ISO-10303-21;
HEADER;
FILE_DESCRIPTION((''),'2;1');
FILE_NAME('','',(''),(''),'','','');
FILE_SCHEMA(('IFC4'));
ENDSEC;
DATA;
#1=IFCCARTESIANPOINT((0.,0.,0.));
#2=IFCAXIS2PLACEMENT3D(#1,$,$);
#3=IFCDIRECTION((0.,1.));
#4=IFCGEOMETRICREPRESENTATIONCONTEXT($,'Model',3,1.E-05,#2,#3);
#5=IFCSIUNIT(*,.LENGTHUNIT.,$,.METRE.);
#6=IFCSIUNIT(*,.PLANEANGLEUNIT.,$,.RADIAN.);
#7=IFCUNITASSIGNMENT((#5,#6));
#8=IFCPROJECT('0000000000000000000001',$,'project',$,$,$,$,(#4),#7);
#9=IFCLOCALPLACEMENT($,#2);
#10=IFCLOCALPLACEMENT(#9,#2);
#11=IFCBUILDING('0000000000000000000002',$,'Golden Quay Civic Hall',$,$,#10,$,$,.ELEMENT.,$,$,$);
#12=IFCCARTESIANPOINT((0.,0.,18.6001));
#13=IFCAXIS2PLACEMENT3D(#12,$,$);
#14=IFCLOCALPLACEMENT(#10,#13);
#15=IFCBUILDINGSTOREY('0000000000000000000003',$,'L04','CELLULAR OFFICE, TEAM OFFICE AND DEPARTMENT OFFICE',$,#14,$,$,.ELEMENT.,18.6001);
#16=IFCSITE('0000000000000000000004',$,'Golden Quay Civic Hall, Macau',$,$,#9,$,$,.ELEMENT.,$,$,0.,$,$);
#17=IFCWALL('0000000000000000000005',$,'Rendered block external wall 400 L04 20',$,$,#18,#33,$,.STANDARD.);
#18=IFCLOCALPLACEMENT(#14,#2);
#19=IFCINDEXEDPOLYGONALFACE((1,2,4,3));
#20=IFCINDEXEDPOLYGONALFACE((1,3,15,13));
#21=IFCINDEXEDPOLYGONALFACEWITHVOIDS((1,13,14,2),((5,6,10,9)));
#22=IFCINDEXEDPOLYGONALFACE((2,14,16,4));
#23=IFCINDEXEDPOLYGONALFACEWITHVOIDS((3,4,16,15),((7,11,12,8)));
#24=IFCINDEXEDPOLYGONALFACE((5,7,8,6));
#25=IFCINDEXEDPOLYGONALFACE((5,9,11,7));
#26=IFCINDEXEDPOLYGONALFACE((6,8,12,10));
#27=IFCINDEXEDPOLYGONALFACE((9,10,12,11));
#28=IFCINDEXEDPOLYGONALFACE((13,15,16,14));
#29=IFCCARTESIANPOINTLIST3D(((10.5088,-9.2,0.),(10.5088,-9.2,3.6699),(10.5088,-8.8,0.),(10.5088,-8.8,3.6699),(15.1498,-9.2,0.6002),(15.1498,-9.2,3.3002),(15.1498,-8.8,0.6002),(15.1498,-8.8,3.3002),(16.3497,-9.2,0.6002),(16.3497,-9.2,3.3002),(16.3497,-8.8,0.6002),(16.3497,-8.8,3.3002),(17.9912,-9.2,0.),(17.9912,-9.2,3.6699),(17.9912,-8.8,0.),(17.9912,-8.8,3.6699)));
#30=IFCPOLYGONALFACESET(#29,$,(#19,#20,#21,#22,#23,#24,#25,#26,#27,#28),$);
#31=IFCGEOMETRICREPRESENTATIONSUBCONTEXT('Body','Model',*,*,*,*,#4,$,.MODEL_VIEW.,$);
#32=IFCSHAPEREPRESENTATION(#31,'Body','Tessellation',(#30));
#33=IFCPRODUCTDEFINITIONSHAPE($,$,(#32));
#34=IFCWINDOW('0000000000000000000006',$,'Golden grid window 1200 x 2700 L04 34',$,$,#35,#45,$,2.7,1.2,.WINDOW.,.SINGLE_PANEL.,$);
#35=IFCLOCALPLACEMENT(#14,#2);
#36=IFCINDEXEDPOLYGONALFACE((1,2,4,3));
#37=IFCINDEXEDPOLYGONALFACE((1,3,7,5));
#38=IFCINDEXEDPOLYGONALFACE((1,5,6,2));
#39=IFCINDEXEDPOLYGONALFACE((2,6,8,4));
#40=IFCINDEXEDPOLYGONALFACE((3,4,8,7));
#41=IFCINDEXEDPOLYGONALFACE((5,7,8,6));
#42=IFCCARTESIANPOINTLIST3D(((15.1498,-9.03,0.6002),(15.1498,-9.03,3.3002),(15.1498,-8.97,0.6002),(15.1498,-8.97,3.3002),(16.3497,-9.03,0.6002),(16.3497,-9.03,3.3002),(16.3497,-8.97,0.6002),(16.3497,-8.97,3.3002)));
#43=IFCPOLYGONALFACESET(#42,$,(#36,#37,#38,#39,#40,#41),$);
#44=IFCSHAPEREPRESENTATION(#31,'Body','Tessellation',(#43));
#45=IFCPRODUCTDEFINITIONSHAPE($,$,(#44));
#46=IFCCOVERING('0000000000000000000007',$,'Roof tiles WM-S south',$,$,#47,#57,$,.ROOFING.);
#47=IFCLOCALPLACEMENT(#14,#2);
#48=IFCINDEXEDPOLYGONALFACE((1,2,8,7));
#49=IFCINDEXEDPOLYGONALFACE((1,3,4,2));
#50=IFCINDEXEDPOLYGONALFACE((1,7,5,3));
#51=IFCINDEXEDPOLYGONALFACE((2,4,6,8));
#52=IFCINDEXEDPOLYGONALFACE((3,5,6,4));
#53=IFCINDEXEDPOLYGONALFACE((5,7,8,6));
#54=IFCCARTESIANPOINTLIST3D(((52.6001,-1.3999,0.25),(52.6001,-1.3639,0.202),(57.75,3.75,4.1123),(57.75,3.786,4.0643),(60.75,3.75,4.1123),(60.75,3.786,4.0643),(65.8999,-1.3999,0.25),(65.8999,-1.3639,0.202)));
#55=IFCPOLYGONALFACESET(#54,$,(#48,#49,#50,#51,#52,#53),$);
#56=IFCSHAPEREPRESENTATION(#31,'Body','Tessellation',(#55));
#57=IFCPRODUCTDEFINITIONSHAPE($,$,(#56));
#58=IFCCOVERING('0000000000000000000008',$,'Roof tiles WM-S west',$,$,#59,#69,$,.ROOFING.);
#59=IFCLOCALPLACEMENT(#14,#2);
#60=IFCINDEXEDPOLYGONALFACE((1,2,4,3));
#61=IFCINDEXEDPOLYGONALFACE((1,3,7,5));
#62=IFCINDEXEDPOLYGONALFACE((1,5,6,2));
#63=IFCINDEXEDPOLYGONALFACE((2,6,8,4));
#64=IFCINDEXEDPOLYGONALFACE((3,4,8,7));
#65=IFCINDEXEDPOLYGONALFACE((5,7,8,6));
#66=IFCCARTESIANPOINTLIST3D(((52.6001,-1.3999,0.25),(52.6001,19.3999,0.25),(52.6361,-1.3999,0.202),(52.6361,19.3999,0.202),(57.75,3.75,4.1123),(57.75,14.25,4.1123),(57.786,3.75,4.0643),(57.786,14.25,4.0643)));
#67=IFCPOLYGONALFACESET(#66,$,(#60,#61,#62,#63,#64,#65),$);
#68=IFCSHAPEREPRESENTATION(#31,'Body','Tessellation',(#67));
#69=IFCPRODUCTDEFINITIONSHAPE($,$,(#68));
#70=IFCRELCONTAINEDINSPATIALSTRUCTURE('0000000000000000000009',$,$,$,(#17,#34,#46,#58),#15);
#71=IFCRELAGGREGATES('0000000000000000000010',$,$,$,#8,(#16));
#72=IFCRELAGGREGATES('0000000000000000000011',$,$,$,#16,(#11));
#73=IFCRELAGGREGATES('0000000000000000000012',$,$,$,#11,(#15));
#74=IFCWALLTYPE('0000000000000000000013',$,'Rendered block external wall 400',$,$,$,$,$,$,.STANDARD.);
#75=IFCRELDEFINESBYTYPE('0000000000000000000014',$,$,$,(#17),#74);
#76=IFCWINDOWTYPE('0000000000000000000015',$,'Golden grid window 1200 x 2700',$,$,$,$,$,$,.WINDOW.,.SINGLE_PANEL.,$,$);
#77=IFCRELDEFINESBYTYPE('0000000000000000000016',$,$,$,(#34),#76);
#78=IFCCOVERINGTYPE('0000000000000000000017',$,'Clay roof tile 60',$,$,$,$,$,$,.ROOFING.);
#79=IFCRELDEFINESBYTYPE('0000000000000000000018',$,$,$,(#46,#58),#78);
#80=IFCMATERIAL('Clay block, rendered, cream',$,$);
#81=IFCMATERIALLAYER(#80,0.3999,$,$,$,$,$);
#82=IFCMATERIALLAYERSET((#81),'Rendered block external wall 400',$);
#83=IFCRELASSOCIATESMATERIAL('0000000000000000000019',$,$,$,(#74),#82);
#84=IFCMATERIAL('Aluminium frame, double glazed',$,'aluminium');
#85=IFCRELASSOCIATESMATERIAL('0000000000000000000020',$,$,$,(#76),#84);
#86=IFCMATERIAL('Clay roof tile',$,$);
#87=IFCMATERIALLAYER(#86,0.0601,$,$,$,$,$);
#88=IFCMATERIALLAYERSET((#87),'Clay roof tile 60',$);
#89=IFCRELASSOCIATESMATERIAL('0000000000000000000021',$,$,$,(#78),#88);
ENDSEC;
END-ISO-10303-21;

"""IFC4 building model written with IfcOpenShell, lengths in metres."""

from ifc_helpers import new_model, si_unit, direction, frame, frame_2d, origin, place, context, subcontext, project, spatial, polyline, rectangle, outline, extrude, material, layer, layer_set, type_object, element, fill, save


model = new_model("IFC4")

# Units and contexts
model_context = context("Model", 3, precision=1e-05, world=origin(), true_north=direction((0.0, 1.0)))
body_context = subcontext(model_context, "Body", "Model", "MODEL_VIEW")
ifc_project = project(units=[si_unit("LENGTHUNIT", "METRE"), si_unit("PLANEANGLEUNIT", "RADIAN")], contexts=[model_context])

# Site, building, storey
site_placement = place(None, origin())
site = spatial("IfcSite", under=ifc_project, at=site_placement, Name="Golden Quay Civic Hall, Macau", CompositionType="ELEMENT", RefElevation=0.0)
building_placement = place(site_placement, origin())
building = spatial("IfcBuilding", under=site, at=building_placement, Name="Golden Quay Civic Hall", CompositionType="ELEMENT")
storey_placement = place(building_placement, frame((0.0, 0.0, 18.6001)))
storey = spatial("IfcBuildingStorey", under=building, at=storey_placement, Name="L04", Description="CELLULAR OFFICE, TEAM OFFICE AND DEPARTMENT OFFICE", CompositionType="ELEMENT", Elevation=18.6001)

# Shared definitions
ifc_material_1 = material(Name="Clay block, rendered, cream")
ifc_layer_1 = layer(ifc_material_1, 0.3999)
ifc_layer_set_1 = layer_set([ifc_layer_1], Name="Rendered block external wall 400")
wall_type = type_object("IfcWallType", Name="Rendered block external wall 400", PredefinedType="STANDARD", material=ifc_layer_set_1)
ifc_material_2 = material(Name="Aluminium frame, double glazed", Category="aluminium")
window_type = type_object("IfcWindowType", Name="Golden grid window 1200 x 2700", PartitioningType="SINGLE_PANEL", PredefinedType="WINDOW", material=ifc_material_2)

# Wall, opening, window
wall_1_placement = place(storey_placement, frame((17.9912, -9.0, 0.0), z_axis=(0.0, 0.0, 1.0), x_axis=(-1.0, 0.0, 0.0)))
wall_1 = element("IfcWall", 1, at=wall_1_placement, inside=storey, type_object=wall_type, Name="Rendered block external wall 400 L04 20", PredefinedType="STANDARD", context=body_context, shape_type="SweptSolid", body=[
    extrude(rectangle(XDim=7.4824, YDim=0.3999, at=frame_2d((3.7412, 0.0))), origin(), (0.0, 0.0, 1.0), 3.6699),
])
opening_1_placement = place(wall_1_placement, frame((1.6414, 0.0, 0.6001)))
opening_1 = element("IfcOpeningElement", 2, at=opening_1_placement, cuts=wall_1, PredefinedType="OPENING", context=body_context, shape_type="SweptSolid", body=[
    extrude(rectangle(XDim=1.2, YDim=2.7, at=frame_2d((0.6001, 1.3501))), frame((0.0, 0.21, 0.0), z_axis=(0.0, -1.0, 0.0), x_axis=(1.0, 0.0, 0.0)), (0.0, 0.0, 1.0), 0.4199),
])
window_1_placement = place(opening_1_placement, origin())
window_1 = element("IfcWindow", 3, at=window_1_placement, inside=storey, type_object=window_type, Name="Golden grid window 1200 x 2700 L04 34", OverallHeight=2.7, OverallWidth=1.2, PartitioningType="SINGLE_PANEL", PredefinedType="WINDOW", context=body_context, shape_type="SweptSolid", body=[
    extrude(rectangle(XDim=1.2, YDim=2.7, at=frame_2d((0.6001, 1.3501))), frame((0.0, 0.03, 0.0), z_axis=(0.0, -1.0, 0.0), x_axis=(1.0, 0.0, 0.0)), (0.0, 0.0, 1.0), 0.0601),
])
fill(opening_1, window_1)

# Coverings
ifc_material_3 = material(Name="Clay roof tile")
ifc_layer_2 = layer(ifc_material_3, 0.0601)
ifc_layer_set_2 = layer_set([ifc_layer_2], Name="Clay roof tile 60")
covering_type = type_object("IfcCoveringType", Name="Clay roof tile 60", PredefinedType="ROOFING", material=ifc_layer_set_2)
covering_1_placement = place(storey_placement, frame((52.6001, -1.3999, 0.25), z_axis=(0.0, -0.599988, 0.800009), x_axis=(1.0, 0.0, 0.0)))
element("IfcCovering", 4, at=covering_1_placement, inside=storey, type_object=covering_type, Name="Roof tiles WM-S south", PredefinedType="ROOFING", context=body_context, shape_type="SweptSolid", body=[
    extrude(outline(polyline([(0.0, 0.0), (13.2998, 0.0), (8.1499, 6.4373), (5.1499, 6.4373), (0.0, 0.0)])), origin(), (0.0, 0.0, -1.0), 0.0601),
])
covering_2_placement = place(storey_placement, frame((52.6001, -1.3999, 0.25), z_axis=(-0.599988, 0.0, 0.800009), x_axis=(0.0, 1.0, 0.0)))
element("IfcCovering", 5, at=covering_2_placement, inside=storey, type_object=covering_type, Name="Roof tiles WM-S west", PredefinedType="ROOFING", context=body_context, shape_type="SweptSolid", body=[
    extrude(outline(polyline([(0.0, 0.0), (20.7998, 0.0), (15.6499, -6.4373), (5.1499, -6.4373), (0.0, 0.0)])), origin(), (0.0, 0.0, -1.0), 0.0601),
])

save(model, "model.ifc")
